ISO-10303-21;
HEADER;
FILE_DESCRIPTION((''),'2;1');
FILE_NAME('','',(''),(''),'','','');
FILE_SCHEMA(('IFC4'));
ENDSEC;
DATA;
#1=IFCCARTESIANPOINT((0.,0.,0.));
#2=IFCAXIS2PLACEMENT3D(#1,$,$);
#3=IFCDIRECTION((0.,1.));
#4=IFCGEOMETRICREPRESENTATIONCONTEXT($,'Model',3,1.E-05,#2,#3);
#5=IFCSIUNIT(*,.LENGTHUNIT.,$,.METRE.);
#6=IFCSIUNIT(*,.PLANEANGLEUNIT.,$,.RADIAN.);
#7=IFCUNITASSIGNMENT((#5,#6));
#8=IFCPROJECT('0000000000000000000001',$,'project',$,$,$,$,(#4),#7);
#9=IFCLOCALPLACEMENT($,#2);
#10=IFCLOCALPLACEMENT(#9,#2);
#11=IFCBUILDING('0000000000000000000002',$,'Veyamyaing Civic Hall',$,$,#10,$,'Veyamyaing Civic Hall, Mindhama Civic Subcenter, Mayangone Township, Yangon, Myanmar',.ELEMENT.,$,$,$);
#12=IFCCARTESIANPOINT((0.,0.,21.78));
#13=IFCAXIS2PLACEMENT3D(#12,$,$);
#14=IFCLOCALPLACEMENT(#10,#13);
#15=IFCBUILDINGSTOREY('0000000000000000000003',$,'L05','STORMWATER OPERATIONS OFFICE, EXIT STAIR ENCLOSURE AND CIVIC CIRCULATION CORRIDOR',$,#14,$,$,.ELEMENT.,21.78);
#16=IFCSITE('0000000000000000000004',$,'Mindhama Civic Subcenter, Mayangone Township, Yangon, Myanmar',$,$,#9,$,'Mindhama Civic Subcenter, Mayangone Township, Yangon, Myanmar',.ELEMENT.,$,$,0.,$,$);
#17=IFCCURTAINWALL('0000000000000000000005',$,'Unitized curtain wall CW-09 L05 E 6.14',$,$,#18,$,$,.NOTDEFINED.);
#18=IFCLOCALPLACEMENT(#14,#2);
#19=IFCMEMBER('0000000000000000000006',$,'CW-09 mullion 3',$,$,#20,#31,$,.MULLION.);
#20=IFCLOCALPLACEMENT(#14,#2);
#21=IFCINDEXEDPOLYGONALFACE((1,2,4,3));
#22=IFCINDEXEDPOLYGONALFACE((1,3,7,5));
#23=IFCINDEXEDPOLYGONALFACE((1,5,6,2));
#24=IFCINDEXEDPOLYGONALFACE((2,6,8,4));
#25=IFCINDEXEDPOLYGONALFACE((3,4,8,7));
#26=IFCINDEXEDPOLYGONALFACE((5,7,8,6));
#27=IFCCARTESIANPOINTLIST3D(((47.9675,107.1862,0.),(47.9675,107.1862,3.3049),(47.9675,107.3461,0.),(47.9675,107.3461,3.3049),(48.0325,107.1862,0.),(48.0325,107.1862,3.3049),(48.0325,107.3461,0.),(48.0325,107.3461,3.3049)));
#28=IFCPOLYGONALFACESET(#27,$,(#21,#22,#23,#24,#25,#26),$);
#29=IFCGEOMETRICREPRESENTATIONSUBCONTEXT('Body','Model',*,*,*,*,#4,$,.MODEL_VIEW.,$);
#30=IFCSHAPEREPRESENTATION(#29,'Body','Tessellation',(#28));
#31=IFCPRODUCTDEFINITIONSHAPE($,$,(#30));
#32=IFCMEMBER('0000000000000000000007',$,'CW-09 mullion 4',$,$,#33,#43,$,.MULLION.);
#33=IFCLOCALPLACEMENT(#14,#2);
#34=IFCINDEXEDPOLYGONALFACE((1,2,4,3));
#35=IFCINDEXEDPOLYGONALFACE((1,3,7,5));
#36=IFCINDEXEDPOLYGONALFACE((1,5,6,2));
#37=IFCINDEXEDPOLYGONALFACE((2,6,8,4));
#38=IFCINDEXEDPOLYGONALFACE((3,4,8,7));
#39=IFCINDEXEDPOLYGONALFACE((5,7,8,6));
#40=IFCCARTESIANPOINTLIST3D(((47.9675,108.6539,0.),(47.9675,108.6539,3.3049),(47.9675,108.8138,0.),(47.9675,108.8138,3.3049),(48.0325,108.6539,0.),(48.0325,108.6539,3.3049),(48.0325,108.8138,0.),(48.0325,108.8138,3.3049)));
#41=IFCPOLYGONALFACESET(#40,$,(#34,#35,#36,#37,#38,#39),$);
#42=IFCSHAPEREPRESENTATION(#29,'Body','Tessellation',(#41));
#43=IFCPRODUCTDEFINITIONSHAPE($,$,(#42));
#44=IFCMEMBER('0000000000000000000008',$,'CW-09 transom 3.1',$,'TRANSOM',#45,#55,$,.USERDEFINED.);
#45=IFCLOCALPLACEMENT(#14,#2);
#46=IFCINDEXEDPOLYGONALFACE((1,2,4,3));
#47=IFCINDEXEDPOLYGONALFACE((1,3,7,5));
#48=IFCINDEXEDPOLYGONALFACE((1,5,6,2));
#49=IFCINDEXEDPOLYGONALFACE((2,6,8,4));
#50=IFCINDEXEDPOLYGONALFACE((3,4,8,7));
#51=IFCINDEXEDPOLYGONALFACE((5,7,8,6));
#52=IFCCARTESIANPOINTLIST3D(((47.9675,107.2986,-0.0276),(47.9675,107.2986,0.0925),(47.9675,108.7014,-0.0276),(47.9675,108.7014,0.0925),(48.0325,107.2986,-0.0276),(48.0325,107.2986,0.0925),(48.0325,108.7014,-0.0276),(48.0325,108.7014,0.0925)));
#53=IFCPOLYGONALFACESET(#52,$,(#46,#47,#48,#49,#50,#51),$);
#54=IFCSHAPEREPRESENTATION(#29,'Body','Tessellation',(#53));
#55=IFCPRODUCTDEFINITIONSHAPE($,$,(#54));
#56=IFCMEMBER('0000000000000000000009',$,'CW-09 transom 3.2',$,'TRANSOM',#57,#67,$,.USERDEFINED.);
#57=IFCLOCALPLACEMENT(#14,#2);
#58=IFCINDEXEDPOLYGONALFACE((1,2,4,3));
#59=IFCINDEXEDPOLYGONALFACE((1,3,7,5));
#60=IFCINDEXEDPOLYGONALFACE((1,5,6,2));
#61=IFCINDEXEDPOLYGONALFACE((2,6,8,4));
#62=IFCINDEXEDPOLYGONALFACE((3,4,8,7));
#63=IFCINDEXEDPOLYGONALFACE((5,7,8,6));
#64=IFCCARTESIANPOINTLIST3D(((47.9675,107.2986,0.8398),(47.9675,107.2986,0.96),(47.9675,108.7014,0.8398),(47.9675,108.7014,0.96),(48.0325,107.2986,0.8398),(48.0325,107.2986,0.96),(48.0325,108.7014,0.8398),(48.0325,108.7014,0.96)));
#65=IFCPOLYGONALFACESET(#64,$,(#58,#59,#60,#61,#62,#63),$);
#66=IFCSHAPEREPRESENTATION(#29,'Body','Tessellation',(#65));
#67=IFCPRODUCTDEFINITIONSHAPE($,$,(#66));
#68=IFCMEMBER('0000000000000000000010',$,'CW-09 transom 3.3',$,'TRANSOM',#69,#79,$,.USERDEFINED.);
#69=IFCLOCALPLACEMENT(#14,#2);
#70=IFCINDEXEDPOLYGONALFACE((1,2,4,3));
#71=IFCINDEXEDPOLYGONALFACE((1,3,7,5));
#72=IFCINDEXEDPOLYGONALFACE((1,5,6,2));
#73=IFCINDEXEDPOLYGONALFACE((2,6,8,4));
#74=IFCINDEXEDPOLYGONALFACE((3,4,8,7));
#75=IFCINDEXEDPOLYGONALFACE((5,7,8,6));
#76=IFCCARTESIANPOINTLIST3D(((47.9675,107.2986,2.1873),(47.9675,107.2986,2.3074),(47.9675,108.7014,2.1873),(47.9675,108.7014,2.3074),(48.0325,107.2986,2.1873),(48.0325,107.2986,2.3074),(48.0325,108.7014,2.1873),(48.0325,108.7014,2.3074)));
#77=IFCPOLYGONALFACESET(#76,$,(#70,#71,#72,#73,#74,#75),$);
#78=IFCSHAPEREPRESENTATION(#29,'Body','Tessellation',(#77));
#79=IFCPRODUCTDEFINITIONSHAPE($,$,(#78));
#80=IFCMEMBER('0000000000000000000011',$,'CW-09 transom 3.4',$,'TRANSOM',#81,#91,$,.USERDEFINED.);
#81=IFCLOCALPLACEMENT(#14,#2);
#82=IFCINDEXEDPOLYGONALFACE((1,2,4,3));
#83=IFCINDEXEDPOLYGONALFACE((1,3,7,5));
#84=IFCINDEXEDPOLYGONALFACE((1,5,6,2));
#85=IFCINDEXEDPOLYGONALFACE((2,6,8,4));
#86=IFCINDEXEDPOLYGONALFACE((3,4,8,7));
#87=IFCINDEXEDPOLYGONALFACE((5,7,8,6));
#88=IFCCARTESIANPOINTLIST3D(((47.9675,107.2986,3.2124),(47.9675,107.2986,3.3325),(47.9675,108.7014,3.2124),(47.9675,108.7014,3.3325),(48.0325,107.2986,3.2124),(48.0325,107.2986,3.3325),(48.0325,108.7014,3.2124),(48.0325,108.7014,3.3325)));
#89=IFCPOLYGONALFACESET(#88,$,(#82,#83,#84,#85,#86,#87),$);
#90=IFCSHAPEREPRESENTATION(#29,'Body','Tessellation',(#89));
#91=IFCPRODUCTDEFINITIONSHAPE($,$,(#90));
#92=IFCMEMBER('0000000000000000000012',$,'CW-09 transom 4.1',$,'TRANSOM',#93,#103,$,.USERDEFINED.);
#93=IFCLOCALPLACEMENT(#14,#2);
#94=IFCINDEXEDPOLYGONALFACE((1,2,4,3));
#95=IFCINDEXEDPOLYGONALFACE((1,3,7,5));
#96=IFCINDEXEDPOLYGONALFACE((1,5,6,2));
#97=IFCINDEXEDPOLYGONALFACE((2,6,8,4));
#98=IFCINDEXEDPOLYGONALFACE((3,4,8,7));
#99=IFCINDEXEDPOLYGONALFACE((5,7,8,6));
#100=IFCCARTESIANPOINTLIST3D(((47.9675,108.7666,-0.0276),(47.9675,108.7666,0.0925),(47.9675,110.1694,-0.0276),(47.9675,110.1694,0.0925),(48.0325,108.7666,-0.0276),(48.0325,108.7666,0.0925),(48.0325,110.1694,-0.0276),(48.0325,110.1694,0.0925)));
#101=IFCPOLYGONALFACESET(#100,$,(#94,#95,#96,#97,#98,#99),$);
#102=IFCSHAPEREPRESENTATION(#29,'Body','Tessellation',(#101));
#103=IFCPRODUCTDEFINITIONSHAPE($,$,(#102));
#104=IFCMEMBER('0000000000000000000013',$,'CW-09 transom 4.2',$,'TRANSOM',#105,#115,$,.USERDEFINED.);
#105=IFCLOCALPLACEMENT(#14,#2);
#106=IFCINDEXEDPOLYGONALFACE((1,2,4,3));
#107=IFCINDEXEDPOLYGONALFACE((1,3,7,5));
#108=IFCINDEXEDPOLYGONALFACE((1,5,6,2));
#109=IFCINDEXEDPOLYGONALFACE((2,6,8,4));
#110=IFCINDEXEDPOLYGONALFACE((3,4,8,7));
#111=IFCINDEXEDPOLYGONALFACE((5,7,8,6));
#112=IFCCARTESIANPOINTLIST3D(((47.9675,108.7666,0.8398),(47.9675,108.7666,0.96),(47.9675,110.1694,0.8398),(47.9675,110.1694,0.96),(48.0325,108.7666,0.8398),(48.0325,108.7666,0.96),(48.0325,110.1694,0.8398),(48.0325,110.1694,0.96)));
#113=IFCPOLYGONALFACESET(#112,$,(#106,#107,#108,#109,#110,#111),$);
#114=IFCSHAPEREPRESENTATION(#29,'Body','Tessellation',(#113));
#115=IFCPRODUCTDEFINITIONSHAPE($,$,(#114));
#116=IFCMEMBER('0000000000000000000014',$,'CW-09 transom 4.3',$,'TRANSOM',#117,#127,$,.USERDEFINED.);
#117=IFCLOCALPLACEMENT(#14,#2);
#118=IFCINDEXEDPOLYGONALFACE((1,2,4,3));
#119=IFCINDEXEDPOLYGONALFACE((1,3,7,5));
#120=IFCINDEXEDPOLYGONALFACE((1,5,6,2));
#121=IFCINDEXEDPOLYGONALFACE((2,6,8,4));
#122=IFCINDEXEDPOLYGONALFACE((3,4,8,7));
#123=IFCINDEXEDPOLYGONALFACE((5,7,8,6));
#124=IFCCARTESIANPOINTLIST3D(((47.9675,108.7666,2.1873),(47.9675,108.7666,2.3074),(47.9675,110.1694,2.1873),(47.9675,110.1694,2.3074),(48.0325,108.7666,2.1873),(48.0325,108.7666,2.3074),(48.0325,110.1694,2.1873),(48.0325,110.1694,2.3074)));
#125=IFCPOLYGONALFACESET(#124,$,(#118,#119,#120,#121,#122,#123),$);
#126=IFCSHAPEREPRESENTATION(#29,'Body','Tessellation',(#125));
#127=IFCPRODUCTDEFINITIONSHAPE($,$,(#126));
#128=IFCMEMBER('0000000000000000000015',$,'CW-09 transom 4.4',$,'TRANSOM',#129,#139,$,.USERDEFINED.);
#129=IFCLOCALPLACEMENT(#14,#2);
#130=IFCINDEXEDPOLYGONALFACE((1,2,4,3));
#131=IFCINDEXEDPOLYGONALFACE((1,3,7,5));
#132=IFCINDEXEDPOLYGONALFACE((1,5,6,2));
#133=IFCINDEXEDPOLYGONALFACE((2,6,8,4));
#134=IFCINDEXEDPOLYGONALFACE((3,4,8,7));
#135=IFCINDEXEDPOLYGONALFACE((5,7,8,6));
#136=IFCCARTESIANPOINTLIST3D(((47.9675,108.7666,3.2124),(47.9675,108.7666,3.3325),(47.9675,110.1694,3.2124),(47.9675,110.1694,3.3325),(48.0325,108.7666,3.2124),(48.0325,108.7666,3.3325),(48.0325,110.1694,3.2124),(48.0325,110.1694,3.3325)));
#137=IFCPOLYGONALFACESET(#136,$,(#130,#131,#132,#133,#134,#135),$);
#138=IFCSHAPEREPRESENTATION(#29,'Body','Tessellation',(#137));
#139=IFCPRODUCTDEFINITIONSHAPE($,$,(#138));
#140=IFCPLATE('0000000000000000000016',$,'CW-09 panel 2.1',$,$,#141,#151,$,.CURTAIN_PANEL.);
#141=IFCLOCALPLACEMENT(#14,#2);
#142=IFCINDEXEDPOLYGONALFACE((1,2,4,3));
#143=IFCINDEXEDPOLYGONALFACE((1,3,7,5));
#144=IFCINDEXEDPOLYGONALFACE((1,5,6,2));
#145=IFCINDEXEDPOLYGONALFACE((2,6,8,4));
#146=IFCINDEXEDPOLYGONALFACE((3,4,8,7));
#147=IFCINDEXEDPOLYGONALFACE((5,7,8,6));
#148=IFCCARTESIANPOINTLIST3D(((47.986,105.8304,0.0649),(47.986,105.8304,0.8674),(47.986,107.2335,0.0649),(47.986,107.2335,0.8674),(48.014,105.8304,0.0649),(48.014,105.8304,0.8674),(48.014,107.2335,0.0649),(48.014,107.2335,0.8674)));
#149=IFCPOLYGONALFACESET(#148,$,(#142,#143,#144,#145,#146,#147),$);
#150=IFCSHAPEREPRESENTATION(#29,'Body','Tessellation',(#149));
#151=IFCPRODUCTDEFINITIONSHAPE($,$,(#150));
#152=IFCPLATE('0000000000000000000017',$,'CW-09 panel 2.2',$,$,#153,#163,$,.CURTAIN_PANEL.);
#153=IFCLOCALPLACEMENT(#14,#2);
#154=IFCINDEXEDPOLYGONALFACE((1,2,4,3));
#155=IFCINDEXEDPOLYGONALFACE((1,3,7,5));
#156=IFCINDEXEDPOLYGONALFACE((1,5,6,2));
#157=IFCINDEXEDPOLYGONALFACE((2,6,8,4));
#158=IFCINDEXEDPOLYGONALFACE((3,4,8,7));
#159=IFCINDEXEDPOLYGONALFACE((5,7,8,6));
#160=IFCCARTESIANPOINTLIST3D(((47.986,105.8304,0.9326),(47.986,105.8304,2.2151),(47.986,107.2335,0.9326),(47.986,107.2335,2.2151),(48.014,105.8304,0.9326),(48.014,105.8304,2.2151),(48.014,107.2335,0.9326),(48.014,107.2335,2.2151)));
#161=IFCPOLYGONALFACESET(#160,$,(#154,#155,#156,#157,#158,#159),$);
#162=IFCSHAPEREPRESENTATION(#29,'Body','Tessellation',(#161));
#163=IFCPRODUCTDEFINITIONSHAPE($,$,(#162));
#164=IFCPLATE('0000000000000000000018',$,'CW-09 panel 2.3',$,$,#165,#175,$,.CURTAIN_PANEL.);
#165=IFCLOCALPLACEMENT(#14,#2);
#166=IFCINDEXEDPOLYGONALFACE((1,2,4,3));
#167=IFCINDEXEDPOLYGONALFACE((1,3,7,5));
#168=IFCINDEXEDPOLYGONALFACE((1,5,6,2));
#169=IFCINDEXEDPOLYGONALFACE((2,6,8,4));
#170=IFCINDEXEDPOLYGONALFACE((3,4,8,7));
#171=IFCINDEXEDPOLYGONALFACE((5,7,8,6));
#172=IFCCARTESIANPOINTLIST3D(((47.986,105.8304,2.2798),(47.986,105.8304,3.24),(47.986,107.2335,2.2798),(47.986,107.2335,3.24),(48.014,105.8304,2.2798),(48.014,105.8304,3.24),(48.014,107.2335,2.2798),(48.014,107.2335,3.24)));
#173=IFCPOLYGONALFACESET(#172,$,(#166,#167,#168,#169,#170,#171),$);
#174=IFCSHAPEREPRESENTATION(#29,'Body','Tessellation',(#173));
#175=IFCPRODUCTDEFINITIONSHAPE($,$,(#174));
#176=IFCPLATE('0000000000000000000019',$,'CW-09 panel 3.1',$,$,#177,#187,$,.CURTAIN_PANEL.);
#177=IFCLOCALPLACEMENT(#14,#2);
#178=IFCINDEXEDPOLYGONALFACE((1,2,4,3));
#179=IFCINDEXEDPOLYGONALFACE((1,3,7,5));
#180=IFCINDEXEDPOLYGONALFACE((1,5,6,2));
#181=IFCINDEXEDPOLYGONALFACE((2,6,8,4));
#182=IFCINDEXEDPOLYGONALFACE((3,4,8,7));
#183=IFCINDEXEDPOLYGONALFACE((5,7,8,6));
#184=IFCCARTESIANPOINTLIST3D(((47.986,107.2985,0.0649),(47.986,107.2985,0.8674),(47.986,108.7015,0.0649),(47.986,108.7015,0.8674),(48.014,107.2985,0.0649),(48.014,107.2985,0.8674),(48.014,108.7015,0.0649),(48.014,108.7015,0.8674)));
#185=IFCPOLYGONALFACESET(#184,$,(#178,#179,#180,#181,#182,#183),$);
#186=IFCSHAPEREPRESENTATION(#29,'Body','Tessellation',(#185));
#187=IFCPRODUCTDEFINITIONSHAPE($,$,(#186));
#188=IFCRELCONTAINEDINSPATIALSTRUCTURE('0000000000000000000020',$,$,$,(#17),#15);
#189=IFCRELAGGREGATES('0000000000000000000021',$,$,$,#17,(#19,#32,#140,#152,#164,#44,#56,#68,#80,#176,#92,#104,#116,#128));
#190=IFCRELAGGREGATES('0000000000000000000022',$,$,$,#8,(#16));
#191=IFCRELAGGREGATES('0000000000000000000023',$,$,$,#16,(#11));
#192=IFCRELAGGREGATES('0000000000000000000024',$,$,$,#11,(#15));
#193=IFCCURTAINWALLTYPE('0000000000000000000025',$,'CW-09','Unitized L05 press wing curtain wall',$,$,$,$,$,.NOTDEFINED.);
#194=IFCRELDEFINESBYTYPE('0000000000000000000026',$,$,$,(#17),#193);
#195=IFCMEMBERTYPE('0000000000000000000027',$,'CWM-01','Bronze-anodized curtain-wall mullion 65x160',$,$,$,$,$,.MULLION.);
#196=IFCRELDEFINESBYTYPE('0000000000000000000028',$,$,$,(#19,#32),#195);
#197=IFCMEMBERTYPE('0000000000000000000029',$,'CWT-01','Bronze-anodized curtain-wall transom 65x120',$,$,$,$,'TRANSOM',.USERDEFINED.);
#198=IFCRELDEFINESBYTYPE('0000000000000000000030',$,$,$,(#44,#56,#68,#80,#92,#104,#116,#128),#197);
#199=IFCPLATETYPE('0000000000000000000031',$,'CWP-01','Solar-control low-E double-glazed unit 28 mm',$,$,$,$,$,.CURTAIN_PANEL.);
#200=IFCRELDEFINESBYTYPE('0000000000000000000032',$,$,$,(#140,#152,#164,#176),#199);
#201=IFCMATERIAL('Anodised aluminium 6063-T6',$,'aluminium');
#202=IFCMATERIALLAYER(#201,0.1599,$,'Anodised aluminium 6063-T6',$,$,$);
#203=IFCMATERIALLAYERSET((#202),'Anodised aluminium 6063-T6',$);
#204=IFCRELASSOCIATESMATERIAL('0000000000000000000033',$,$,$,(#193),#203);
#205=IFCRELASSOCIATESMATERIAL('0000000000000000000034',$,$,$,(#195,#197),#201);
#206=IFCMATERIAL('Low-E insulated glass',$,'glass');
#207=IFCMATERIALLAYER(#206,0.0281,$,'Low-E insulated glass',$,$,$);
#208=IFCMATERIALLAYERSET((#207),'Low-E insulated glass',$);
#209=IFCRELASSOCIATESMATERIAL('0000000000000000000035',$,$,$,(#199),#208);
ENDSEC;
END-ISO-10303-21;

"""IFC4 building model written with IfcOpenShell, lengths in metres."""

from ifc_helpers import new_model, si_unit, direction, frame, origin, origin_2d, place, context, subcontext, project, spatial, rectangle, extrude, material, layer, layer_set, material_profile, profile_set, type_object, element, aggregate, save


model = new_model("IFC4")

# Units and contexts
model_context = context("Model", 3, precision=1e-05, world=origin(), true_north=direction((0.0, 1.0)))
body_context = subcontext(model_context, "Body", "Model", "MODEL_VIEW")
ifc_project = project(units=[si_unit("LENGTHUNIT", "METRE"), si_unit("PLANEANGLEUNIT", "RADIAN")], contexts=[model_context])

# Site, building, storey
site_placement = place(None, origin())
site = spatial("IfcSite", under=ifc_project, at=site_placement, Name="Mindhama Civic Subcenter, Mayangone Township, Yangon, Myanmar", LongName="Mindhama Civic Subcenter, Mayangone Township, Yangon, Myanmar", CompositionType="ELEMENT", RefElevation=0.0)
building_placement = place(site_placement, origin())
building = spatial("IfcBuilding", under=site, at=building_placement, Name="Veyamyaing Civic Hall", LongName="Veyamyaing Civic Hall, Mindhama Civic Subcenter, Mayangone Township, Yangon, Myanmar", CompositionType="ELEMENT")
storey_placement = place(building_placement, frame((0.0, 0.0, 21.78)))
storey = spatial("IfcBuildingStorey", under=building, at=storey_placement, Name="L05", Description="STORMWATER OPERATIONS OFFICE, EXIT STAIR ENCLOSURE AND CIVIC CIRCULATION CORRIDOR", CompositionType="ELEMENT", Elevation=21.78)

# Curtain wall, members, plates
ifc_material_1 = material(Name="Anodised aluminium 6063-T6", Category="aluminium")
ifc_layer_1 = layer(ifc_material_1, 0.1599, Name="Anodised aluminium 6063-T6")
ifc_layer_set_1 = layer_set([ifc_layer_1], Name="Anodised aluminium 6063-T6")
curtain_wall_type = type_object("IfcCurtainWallType", Name="CW-09", Description="Unitized L05 press wing curtain wall", PredefinedType="NOTDEFINED", material=ifc_layer_set_1)
curtain_wall_placement = place(storey_placement, origin())
curtain_wall = element("IfcCurtainWall", 1, at=curtain_wall_placement, inside=storey, type_object=curtain_wall_type, Name="Unitized curtain wall CW-09 L05 E 6.14", PredefinedType="NOTDEFINED")
ifc_material_profile_1 = material_profile(ifc_material_1, rectangle(XDim=0.0649, YDim=0.1599, at=origin_2d()), Name="ALU-MUL-65X160")
ifc_profile_set_1 = profile_set([ifc_material_profile_1], Name="Anodised aluminium 6063-T6")
member_type_1 = type_object("IfcMemberType", Name="CWM-01", Description="Bronze-anodized curtain-wall mullion 65x160", PredefinedType="MULLION", material=ifc_profile_set_1)
member_1_placement = place(storey_placement, frame((48.0, 107.2661, 0.0), z_axis=(0.0, 0.0, 1.0), x_axis=(-1.0, 0.0, 0.0)))
member_1 = element("IfcMember", 2, at=member_1_placement, type_object=member_type_1, Name="CW-09 mullion 3", PredefinedType="MULLION", context=body_context, shape_type="SweptSolid", body=[
    extrude(rectangle(XDim=0.0649, YDim=0.1599, at=origin_2d()), origin(), (0.0, 0.0, 1.0), 3.3049),
])
member_2_placement = place(storey_placement, frame((48.0, 108.7339, 0.0), z_axis=(0.0, 0.0, 1.0), x_axis=(-1.0, 0.0, 0.0)))
member_2 = element("IfcMember", 3, at=member_2_placement, type_object=member_type_1, Name="CW-09 mullion 4", PredefinedType="MULLION", context=body_context, shape_type="SweptSolid", body=[
    extrude(rectangle(XDim=0.0649, YDim=0.1599, at=origin_2d()), origin(), (0.0, 0.0, 1.0), 3.3049),
])
ifc_material_profile_2 = material_profile(ifc_material_1, rectangle(XDim=0.0649, YDim=0.1201, at=origin_2d()), Name="ALU-TRN-65X120")
ifc_profile_set_2 = profile_set([ifc_material_profile_2], Name="Anodised aluminium 6063-T6")
member_type_2 = type_object("IfcMemberType", Name="CWT-01", Description="Bronze-anodized curtain-wall transom 65x120", ElementType="TRANSOM", PredefinedType="USERDEFINED", material=ifc_profile_set_2)
member_3_placement = place(storey_placement, frame((48.0, 107.2986, 0.0325), z_axis=(0.0, 1.0, 0.0), x_axis=(-1.0, 0.0, 0.0)))
member_3 = element("IfcMember", 4, at=member_3_placement, type_object=member_type_2, Name="CW-09 transom 3.1", ObjectType="TRANSOM", PredefinedType="USERDEFINED", context=body_context, shape_type="SweptSolid", body=[
    extrude(rectangle(XDim=0.0649, YDim=0.1201, at=origin_2d()), origin(), (0.0, 0.0, 1.0), 1.4028),
])
member_4_placement = place(storey_placement, frame((48.0, 107.2986, 0.8999), z_axis=(0.0, 1.0, 0.0), x_axis=(-1.0, 0.0, 0.0)))
member_4 = element("IfcMember", 5, at=member_4_placement, type_object=member_type_2, Name="CW-09 transom 3.2", ObjectType="TRANSOM", PredefinedType="USERDEFINED", context=body_context, shape_type="SweptSolid", body=[
    extrude(rectangle(XDim=0.0649, YDim=0.1201, at=origin_2d()), origin(), (0.0, 0.0, 1.0), 1.4028),
])
member_5_placement = place(storey_placement, frame((48.0, 107.2986, 2.2473), z_axis=(0.0, 1.0, 0.0), x_axis=(-1.0, 0.0, 0.0)))
member_5 = element("IfcMember", 6, at=member_5_placement, type_object=member_type_2, Name="CW-09 transom 3.3", ObjectType="TRANSOM", PredefinedType="USERDEFINED", context=body_context, shape_type="SweptSolid", body=[
    extrude(rectangle(XDim=0.0649, YDim=0.1201, at=origin_2d()), origin(), (0.0, 0.0, 1.0), 1.4028),
])
member_6_placement = place(storey_placement, frame((48.0, 107.2986, 3.2725), z_axis=(0.0, 1.0, 0.0), x_axis=(-1.0, 0.0, 0.0)))
member_6 = element("IfcMember", 7, at=member_6_placement, type_object=member_type_2, Name="CW-09 transom 3.4", ObjectType="TRANSOM", PredefinedType="USERDEFINED", context=body_context, shape_type="SweptSolid", body=[
    extrude(rectangle(XDim=0.0649, YDim=0.1201, at=origin_2d()), origin(), (0.0, 0.0, 1.0), 1.4028),
])
member_7_placement = place(storey_placement, frame((48.0, 108.7666, 0.0325), z_axis=(0.0, 1.0, 0.0), x_axis=(-1.0, 0.0, 0.0)))
member_7 = element("IfcMember", 8, at=member_7_placement, type_object=member_type_2, Name="CW-09 transom 4.1", ObjectType="TRANSOM", PredefinedType="USERDEFINED", context=body_context, shape_type="SweptSolid", body=[
    extrude(rectangle(XDim=0.0649, YDim=0.1201, at=origin_2d()), origin(), (0.0, 0.0, 1.0), 1.4028),
])
member_8_placement = place(storey_placement, frame((48.0, 108.7666, 0.8999), z_axis=(0.0, 1.0, 0.0), x_axis=(-1.0, 0.0, 0.0)))
member_8 = element("IfcMember", 9, at=member_8_placement, type_object=member_type_2, Name="CW-09 transom 4.2", ObjectType="TRANSOM", PredefinedType="USERDEFINED", context=body_context, shape_type="SweptSolid", body=[
    extrude(rectangle(XDim=0.0649, YDim=0.1201, at=origin_2d()), origin(), (0.0, 0.0, 1.0), 1.4028),
])
member_9_placement = place(storey_placement, frame((48.0, 108.7666, 2.2473), z_axis=(0.0, 1.0, 0.0), x_axis=(-1.0, 0.0, 0.0)))
member_9 = element("IfcMember", 10, at=member_9_placement, type_object=member_type_2, Name="CW-09 transom 4.3", ObjectType="TRANSOM", PredefinedType="USERDEFINED", context=body_context, shape_type="SweptSolid", body=[
    extrude(rectangle(XDim=0.0649, YDim=0.1201, at=origin_2d()), origin(), (0.0, 0.0, 1.0), 1.4028),
])
member_10_placement = place(storey_placement, frame((48.0, 108.7666, 3.2725), z_axis=(0.0, 1.0, 0.0), x_axis=(-1.0, 0.0, 0.0)))
member_10 = element("IfcMember", 11, at=member_10_placement, type_object=member_type_2, Name="CW-09 transom 4.4", ObjectType="TRANSOM", PredefinedType="USERDEFINED", context=body_context, shape_type="SweptSolid", body=[
    extrude(rectangle(XDim=0.0649, YDim=0.1201, at=origin_2d()), origin(), (0.0, 0.0, 1.0), 1.4028),
])
ifc_material_2 = material(Name="Low-E insulated glass", Category="glass")
ifc_layer_2 = layer(ifc_material_2, 0.0281, Name="Low-E insulated glass")
ifc_layer_set_2 = layer_set([ifc_layer_2], Name="Low-E insulated glass")
plate_type = type_object("IfcPlateType", Name="CWP-01", Description="Solar-control low-E double-glazed unit 28 mm", PredefinedType="CURTAIN_PANEL", material=ifc_layer_set_2)
plate_1_placement = place(storey_placement, frame((48.0, 106.532, 0.0649), z_axis=(0.0, 0.0, 1.0), x_axis=(0.0, 1.0, 0.0)))
plate_1 = element("IfcPlate", 12, at=plate_1_placement, type_object=plate_type, Name="CW-09 panel 2.1", PredefinedType="CURTAIN_PANEL", context=body_context, shape_type="SweptSolid", body=[
    extrude(rectangle(XDim=1.4031, YDim=0.0281, at=origin_2d()), origin(), (0.0, 0.0, 1.0), 0.8025),
])
plate_2_placement = place(storey_placement, frame((48.0, 106.532, 0.9326), z_axis=(0.0, 0.0, 1.0), x_axis=(0.0, 1.0, 0.0)))
plate_2 = element("IfcPlate", 13, at=plate_2_placement, type_object=plate_type, Name="CW-09 panel 2.2", PredefinedType="CURTAIN_PANEL", context=body_context, shape_type="SweptSolid", body=[
    extrude(rectangle(XDim=1.4031, YDim=0.0281, at=origin_2d()), origin(), (0.0, 0.0, 1.0), 1.2825),
])
plate_3_placement = place(storey_placement, frame((48.0, 106.532, 2.2798), z_axis=(0.0, 0.0, 1.0), x_axis=(0.0, 1.0, 0.0)))
plate_3 = element("IfcPlate", 14, at=plate_3_placement, type_object=plate_type, Name="CW-09 panel 2.3", PredefinedType="CURTAIN_PANEL", context=body_context, shape_type="SweptSolid", body=[
    extrude(rectangle(XDim=1.4031, YDim=0.0281, at=origin_2d()), origin(), (0.0, 0.0, 1.0), 0.9602),
])
plate_4_placement = place(storey_placement, frame((48.0, 108.0, 0.0649), z_axis=(0.0, 0.0, 1.0), x_axis=(0.0, 1.0, 0.0)))
plate_4 = element("IfcPlate", 15, at=plate_4_placement, type_object=plate_type, Name="CW-09 panel 3.1", PredefinedType="CURTAIN_PANEL", context=body_context, shape_type="SweptSolid", body=[
    extrude(rectangle(XDim=1.4031, YDim=0.0281, at=origin_2d()), origin(), (0.0, 0.0, 1.0), 0.8025),
])
aggregate(curtain_wall, [member_1, member_2, plate_1, plate_2, plate_3, member_3, member_4, member_5, member_6, plate_4, member_7, member_8, member_9, member_10])

save(model, "model.ifc")
